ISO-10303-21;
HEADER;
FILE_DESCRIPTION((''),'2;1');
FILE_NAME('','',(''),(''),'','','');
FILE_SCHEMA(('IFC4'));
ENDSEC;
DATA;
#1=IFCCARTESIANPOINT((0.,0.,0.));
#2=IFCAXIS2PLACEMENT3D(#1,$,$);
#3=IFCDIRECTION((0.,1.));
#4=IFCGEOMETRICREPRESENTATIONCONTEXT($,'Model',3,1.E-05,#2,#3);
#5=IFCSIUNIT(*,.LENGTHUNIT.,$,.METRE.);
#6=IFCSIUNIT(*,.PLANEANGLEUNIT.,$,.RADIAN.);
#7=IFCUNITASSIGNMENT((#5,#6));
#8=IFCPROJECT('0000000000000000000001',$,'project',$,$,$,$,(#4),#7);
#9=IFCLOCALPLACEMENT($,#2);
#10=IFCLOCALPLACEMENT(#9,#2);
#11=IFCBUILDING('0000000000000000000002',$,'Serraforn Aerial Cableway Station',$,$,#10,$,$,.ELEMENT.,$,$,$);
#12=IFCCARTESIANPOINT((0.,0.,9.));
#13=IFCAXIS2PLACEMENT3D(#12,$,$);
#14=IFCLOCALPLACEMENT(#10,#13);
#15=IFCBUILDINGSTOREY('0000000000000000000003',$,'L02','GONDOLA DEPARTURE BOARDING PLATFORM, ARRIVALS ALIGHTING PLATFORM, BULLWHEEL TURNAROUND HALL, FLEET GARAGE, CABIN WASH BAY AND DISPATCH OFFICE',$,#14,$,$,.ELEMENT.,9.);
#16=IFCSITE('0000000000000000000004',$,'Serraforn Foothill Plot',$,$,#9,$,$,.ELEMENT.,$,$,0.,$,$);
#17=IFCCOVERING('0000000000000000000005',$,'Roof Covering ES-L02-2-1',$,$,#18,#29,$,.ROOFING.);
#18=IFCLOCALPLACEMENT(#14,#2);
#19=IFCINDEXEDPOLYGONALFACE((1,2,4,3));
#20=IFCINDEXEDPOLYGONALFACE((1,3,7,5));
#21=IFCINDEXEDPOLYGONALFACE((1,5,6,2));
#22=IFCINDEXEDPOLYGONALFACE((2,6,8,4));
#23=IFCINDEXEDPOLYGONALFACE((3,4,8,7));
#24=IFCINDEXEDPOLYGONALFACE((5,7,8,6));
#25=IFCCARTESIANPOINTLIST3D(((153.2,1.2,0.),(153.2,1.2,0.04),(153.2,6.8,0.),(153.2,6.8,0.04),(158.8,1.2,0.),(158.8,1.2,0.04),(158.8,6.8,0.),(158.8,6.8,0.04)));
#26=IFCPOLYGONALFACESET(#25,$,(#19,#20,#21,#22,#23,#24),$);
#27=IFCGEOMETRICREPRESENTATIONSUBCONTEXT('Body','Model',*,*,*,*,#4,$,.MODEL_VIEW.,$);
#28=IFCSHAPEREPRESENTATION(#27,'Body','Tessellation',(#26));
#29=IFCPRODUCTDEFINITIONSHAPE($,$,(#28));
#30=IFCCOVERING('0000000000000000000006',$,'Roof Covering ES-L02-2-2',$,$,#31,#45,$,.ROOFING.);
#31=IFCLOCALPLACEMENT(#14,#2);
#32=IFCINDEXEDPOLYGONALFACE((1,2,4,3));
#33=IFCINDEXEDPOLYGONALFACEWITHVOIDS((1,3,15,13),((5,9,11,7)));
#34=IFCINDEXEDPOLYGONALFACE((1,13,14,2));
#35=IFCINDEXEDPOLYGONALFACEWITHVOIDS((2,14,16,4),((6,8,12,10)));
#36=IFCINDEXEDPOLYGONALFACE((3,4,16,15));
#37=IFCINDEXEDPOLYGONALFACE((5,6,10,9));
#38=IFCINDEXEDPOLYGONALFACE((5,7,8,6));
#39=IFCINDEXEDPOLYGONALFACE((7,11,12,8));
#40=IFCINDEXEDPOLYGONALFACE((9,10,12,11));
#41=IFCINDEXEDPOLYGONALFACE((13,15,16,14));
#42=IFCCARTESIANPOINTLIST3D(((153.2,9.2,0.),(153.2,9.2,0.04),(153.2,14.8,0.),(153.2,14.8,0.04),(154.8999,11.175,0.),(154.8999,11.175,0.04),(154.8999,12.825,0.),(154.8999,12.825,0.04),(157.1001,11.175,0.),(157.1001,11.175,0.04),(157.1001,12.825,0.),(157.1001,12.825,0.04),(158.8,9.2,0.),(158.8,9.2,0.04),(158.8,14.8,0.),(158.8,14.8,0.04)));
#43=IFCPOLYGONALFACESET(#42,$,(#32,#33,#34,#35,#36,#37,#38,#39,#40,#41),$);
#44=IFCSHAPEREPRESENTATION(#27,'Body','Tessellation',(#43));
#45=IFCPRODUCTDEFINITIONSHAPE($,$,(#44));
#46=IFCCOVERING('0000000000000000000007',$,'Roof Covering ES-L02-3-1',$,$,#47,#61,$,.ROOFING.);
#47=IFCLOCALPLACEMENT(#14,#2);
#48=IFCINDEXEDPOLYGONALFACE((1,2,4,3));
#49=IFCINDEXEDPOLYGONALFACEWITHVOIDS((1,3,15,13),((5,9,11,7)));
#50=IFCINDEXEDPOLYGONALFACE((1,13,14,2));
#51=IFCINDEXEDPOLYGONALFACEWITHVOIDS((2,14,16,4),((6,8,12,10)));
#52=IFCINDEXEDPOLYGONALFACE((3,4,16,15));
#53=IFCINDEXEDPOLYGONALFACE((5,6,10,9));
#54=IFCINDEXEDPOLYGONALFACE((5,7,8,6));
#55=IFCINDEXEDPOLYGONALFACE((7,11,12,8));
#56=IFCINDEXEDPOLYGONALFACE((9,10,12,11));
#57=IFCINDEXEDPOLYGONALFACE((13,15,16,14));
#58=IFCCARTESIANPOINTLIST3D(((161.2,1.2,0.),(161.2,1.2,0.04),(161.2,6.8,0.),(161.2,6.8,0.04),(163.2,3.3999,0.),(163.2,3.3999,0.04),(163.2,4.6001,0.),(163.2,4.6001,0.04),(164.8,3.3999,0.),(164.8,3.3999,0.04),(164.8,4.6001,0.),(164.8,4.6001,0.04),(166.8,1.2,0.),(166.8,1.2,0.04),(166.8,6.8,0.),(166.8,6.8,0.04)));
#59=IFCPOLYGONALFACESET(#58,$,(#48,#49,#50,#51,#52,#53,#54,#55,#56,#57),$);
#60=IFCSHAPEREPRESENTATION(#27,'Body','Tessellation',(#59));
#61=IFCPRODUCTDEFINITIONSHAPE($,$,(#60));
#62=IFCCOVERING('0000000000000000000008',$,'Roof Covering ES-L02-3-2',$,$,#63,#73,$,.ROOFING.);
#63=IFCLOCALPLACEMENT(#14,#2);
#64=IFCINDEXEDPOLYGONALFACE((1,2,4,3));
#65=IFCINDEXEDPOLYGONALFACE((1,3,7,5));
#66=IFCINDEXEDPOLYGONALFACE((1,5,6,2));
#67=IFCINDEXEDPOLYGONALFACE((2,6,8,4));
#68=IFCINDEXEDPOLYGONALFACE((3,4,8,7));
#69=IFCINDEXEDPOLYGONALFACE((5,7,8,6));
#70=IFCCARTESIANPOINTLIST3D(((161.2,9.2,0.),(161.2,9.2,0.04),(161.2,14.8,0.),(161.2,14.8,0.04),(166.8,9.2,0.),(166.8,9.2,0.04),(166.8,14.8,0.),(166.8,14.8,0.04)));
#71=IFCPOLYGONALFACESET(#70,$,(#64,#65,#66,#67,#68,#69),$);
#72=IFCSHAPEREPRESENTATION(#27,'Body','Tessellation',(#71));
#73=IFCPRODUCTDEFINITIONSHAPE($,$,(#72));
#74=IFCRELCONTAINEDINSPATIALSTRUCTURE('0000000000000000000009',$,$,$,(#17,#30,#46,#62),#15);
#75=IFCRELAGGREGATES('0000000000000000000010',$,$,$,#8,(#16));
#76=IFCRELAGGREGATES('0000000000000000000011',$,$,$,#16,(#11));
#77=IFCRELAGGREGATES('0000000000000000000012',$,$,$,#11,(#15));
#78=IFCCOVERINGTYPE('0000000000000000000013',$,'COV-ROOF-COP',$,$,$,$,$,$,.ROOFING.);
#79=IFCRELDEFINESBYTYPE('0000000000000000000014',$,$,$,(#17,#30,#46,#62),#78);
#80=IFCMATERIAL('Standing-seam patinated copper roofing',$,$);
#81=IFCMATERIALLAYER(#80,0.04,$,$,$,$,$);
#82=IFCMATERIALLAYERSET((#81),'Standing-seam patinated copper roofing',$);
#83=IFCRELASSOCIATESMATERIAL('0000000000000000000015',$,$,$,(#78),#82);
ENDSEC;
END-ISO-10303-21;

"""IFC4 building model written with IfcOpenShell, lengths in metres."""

from ifc_helpers import new_model, si_unit, direction, frame, origin, place, context, subcontext, project, spatial, polyline, outline, extrude, material, layer, layer_set, type_object, element, save


model = new_model("IFC4")

# Units and contexts
model_context = context("Model", 3, precision=1e-05, world=origin(), true_north=direction((0.0, 1.0)))
body_context = subcontext(model_context, "Body", "Model", "MODEL_VIEW")
ifc_project = project(units=[si_unit("LENGTHUNIT", "METRE"), si_unit("PLANEANGLEUNIT", "RADIAN")], contexts=[model_context])

# Site, building, storey
site_placement = place(None, origin())
site = spatial("IfcSite", under=ifc_project, at=site_placement, Name="Serraforn Foothill Plot", CompositionType="ELEMENT", RefElevation=0.0)
building_placement = place(site_placement, origin())
building = spatial("IfcBuilding", under=site, at=building_placement, Name="Serraforn Aerial Cableway Station", CompositionType="ELEMENT")
storey_placement = place(building_placement, frame((0.0, 0.0, 9.0)))
storey = spatial("IfcBuildingStorey", under=building, at=storey_placement, Name="L02", Description="GONDOLA DEPARTURE BOARDING PLATFORM, ARRIVALS ALIGHTING PLATFORM, BULLWHEEL TURNAROUND HALL, FLEET GARAGE, CABIN WASH BAY AND DISPATCH OFFICE", CompositionType="ELEMENT", Elevation=9.0)

# Coverings
ifc_material_1 = material(Name="Standing-seam patinated copper roofing")
ifc_layer_1 = layer(ifc_material_1, 0.04)
ifc_layer_set_1 = layer_set([ifc_layer_1], Name="Standing-seam patinated copper roofing")
covering_type_1 = type_object("IfcCoveringType", Name="COV-ROOF-COP", PredefinedType="ROOFING", material=ifc_layer_set_1)
covering_1_placement = place(storey_placement, origin())
element("IfcCovering", 1, at=covering_1_placement, inside=storey, type_object=covering_type_1, Name="Roof Covering ES-L02-2-1", PredefinedType="ROOFING", context=body_context, shape_type="SweptSolid", body=[
    extrude(outline(polyline([(153.2, 1.2), (158.8, 1.2), (158.8, 6.8), (153.2, 6.8), (153.2, 1.2)])), origin(), (0.0, 0.0, 1.0), 0.04),
])
covering_2_placement = place(storey_placement, origin())
element("IfcCovering", 2, at=covering_2_placement, inside=storey, type_object=covering_type_1, Name="Roof Covering ES-L02-2-2", PredefinedType="ROOFING", context=body_context, shape_type="SweptSolid", body=[
    extrude(outline(polyline([(153.2, 9.2), (158.8, 9.2), (158.8, 14.8), (153.2, 14.8), (153.2, 9.2)]), holes=[polyline([(154.8999, 11.175), (157.1001, 11.175), (157.1001, 12.825), (154.8999, 12.825), (154.8999, 11.175)])]), origin(), (0.0, 0.0, 1.0), 0.04),
])
covering_3_placement = place(storey_placement, origin())
element("IfcCovering", 3, at=covering_3_placement, inside=storey, type_object=covering_type_1, Name="Roof Covering ES-L02-3-1", PredefinedType="ROOFING", context=body_context, shape_type="SweptSolid", body=[
    extrude(outline(polyline([(161.2, 1.2), (166.8, 1.2), (166.8, 6.8), (161.2, 6.8), (161.2, 1.2)]), holes=[polyline([(163.2, 3.3999), (164.8, 3.3999), (164.8, 4.6001), (163.2, 4.6001), (163.2, 3.3999)])]), origin(), (0.0, 0.0, 1.0), 0.04),
])
covering_4_placement = place(storey_placement, origin())
element("IfcCovering", 4, at=covering_4_placement, inside=storey, type_object=covering_type_1, Name="Roof Covering ES-L02-3-2", PredefinedType="ROOFING", context=body_context, shape_type="SweptSolid", body=[
    extrude(outline(polyline([(161.2, 9.2), (166.8, 9.2), (166.8, 14.8), (161.2, 14.8), (161.2, 9.2)])), origin(), (0.0, 0.0, 1.0), 0.04),
])

save(model, "model.ifc")
